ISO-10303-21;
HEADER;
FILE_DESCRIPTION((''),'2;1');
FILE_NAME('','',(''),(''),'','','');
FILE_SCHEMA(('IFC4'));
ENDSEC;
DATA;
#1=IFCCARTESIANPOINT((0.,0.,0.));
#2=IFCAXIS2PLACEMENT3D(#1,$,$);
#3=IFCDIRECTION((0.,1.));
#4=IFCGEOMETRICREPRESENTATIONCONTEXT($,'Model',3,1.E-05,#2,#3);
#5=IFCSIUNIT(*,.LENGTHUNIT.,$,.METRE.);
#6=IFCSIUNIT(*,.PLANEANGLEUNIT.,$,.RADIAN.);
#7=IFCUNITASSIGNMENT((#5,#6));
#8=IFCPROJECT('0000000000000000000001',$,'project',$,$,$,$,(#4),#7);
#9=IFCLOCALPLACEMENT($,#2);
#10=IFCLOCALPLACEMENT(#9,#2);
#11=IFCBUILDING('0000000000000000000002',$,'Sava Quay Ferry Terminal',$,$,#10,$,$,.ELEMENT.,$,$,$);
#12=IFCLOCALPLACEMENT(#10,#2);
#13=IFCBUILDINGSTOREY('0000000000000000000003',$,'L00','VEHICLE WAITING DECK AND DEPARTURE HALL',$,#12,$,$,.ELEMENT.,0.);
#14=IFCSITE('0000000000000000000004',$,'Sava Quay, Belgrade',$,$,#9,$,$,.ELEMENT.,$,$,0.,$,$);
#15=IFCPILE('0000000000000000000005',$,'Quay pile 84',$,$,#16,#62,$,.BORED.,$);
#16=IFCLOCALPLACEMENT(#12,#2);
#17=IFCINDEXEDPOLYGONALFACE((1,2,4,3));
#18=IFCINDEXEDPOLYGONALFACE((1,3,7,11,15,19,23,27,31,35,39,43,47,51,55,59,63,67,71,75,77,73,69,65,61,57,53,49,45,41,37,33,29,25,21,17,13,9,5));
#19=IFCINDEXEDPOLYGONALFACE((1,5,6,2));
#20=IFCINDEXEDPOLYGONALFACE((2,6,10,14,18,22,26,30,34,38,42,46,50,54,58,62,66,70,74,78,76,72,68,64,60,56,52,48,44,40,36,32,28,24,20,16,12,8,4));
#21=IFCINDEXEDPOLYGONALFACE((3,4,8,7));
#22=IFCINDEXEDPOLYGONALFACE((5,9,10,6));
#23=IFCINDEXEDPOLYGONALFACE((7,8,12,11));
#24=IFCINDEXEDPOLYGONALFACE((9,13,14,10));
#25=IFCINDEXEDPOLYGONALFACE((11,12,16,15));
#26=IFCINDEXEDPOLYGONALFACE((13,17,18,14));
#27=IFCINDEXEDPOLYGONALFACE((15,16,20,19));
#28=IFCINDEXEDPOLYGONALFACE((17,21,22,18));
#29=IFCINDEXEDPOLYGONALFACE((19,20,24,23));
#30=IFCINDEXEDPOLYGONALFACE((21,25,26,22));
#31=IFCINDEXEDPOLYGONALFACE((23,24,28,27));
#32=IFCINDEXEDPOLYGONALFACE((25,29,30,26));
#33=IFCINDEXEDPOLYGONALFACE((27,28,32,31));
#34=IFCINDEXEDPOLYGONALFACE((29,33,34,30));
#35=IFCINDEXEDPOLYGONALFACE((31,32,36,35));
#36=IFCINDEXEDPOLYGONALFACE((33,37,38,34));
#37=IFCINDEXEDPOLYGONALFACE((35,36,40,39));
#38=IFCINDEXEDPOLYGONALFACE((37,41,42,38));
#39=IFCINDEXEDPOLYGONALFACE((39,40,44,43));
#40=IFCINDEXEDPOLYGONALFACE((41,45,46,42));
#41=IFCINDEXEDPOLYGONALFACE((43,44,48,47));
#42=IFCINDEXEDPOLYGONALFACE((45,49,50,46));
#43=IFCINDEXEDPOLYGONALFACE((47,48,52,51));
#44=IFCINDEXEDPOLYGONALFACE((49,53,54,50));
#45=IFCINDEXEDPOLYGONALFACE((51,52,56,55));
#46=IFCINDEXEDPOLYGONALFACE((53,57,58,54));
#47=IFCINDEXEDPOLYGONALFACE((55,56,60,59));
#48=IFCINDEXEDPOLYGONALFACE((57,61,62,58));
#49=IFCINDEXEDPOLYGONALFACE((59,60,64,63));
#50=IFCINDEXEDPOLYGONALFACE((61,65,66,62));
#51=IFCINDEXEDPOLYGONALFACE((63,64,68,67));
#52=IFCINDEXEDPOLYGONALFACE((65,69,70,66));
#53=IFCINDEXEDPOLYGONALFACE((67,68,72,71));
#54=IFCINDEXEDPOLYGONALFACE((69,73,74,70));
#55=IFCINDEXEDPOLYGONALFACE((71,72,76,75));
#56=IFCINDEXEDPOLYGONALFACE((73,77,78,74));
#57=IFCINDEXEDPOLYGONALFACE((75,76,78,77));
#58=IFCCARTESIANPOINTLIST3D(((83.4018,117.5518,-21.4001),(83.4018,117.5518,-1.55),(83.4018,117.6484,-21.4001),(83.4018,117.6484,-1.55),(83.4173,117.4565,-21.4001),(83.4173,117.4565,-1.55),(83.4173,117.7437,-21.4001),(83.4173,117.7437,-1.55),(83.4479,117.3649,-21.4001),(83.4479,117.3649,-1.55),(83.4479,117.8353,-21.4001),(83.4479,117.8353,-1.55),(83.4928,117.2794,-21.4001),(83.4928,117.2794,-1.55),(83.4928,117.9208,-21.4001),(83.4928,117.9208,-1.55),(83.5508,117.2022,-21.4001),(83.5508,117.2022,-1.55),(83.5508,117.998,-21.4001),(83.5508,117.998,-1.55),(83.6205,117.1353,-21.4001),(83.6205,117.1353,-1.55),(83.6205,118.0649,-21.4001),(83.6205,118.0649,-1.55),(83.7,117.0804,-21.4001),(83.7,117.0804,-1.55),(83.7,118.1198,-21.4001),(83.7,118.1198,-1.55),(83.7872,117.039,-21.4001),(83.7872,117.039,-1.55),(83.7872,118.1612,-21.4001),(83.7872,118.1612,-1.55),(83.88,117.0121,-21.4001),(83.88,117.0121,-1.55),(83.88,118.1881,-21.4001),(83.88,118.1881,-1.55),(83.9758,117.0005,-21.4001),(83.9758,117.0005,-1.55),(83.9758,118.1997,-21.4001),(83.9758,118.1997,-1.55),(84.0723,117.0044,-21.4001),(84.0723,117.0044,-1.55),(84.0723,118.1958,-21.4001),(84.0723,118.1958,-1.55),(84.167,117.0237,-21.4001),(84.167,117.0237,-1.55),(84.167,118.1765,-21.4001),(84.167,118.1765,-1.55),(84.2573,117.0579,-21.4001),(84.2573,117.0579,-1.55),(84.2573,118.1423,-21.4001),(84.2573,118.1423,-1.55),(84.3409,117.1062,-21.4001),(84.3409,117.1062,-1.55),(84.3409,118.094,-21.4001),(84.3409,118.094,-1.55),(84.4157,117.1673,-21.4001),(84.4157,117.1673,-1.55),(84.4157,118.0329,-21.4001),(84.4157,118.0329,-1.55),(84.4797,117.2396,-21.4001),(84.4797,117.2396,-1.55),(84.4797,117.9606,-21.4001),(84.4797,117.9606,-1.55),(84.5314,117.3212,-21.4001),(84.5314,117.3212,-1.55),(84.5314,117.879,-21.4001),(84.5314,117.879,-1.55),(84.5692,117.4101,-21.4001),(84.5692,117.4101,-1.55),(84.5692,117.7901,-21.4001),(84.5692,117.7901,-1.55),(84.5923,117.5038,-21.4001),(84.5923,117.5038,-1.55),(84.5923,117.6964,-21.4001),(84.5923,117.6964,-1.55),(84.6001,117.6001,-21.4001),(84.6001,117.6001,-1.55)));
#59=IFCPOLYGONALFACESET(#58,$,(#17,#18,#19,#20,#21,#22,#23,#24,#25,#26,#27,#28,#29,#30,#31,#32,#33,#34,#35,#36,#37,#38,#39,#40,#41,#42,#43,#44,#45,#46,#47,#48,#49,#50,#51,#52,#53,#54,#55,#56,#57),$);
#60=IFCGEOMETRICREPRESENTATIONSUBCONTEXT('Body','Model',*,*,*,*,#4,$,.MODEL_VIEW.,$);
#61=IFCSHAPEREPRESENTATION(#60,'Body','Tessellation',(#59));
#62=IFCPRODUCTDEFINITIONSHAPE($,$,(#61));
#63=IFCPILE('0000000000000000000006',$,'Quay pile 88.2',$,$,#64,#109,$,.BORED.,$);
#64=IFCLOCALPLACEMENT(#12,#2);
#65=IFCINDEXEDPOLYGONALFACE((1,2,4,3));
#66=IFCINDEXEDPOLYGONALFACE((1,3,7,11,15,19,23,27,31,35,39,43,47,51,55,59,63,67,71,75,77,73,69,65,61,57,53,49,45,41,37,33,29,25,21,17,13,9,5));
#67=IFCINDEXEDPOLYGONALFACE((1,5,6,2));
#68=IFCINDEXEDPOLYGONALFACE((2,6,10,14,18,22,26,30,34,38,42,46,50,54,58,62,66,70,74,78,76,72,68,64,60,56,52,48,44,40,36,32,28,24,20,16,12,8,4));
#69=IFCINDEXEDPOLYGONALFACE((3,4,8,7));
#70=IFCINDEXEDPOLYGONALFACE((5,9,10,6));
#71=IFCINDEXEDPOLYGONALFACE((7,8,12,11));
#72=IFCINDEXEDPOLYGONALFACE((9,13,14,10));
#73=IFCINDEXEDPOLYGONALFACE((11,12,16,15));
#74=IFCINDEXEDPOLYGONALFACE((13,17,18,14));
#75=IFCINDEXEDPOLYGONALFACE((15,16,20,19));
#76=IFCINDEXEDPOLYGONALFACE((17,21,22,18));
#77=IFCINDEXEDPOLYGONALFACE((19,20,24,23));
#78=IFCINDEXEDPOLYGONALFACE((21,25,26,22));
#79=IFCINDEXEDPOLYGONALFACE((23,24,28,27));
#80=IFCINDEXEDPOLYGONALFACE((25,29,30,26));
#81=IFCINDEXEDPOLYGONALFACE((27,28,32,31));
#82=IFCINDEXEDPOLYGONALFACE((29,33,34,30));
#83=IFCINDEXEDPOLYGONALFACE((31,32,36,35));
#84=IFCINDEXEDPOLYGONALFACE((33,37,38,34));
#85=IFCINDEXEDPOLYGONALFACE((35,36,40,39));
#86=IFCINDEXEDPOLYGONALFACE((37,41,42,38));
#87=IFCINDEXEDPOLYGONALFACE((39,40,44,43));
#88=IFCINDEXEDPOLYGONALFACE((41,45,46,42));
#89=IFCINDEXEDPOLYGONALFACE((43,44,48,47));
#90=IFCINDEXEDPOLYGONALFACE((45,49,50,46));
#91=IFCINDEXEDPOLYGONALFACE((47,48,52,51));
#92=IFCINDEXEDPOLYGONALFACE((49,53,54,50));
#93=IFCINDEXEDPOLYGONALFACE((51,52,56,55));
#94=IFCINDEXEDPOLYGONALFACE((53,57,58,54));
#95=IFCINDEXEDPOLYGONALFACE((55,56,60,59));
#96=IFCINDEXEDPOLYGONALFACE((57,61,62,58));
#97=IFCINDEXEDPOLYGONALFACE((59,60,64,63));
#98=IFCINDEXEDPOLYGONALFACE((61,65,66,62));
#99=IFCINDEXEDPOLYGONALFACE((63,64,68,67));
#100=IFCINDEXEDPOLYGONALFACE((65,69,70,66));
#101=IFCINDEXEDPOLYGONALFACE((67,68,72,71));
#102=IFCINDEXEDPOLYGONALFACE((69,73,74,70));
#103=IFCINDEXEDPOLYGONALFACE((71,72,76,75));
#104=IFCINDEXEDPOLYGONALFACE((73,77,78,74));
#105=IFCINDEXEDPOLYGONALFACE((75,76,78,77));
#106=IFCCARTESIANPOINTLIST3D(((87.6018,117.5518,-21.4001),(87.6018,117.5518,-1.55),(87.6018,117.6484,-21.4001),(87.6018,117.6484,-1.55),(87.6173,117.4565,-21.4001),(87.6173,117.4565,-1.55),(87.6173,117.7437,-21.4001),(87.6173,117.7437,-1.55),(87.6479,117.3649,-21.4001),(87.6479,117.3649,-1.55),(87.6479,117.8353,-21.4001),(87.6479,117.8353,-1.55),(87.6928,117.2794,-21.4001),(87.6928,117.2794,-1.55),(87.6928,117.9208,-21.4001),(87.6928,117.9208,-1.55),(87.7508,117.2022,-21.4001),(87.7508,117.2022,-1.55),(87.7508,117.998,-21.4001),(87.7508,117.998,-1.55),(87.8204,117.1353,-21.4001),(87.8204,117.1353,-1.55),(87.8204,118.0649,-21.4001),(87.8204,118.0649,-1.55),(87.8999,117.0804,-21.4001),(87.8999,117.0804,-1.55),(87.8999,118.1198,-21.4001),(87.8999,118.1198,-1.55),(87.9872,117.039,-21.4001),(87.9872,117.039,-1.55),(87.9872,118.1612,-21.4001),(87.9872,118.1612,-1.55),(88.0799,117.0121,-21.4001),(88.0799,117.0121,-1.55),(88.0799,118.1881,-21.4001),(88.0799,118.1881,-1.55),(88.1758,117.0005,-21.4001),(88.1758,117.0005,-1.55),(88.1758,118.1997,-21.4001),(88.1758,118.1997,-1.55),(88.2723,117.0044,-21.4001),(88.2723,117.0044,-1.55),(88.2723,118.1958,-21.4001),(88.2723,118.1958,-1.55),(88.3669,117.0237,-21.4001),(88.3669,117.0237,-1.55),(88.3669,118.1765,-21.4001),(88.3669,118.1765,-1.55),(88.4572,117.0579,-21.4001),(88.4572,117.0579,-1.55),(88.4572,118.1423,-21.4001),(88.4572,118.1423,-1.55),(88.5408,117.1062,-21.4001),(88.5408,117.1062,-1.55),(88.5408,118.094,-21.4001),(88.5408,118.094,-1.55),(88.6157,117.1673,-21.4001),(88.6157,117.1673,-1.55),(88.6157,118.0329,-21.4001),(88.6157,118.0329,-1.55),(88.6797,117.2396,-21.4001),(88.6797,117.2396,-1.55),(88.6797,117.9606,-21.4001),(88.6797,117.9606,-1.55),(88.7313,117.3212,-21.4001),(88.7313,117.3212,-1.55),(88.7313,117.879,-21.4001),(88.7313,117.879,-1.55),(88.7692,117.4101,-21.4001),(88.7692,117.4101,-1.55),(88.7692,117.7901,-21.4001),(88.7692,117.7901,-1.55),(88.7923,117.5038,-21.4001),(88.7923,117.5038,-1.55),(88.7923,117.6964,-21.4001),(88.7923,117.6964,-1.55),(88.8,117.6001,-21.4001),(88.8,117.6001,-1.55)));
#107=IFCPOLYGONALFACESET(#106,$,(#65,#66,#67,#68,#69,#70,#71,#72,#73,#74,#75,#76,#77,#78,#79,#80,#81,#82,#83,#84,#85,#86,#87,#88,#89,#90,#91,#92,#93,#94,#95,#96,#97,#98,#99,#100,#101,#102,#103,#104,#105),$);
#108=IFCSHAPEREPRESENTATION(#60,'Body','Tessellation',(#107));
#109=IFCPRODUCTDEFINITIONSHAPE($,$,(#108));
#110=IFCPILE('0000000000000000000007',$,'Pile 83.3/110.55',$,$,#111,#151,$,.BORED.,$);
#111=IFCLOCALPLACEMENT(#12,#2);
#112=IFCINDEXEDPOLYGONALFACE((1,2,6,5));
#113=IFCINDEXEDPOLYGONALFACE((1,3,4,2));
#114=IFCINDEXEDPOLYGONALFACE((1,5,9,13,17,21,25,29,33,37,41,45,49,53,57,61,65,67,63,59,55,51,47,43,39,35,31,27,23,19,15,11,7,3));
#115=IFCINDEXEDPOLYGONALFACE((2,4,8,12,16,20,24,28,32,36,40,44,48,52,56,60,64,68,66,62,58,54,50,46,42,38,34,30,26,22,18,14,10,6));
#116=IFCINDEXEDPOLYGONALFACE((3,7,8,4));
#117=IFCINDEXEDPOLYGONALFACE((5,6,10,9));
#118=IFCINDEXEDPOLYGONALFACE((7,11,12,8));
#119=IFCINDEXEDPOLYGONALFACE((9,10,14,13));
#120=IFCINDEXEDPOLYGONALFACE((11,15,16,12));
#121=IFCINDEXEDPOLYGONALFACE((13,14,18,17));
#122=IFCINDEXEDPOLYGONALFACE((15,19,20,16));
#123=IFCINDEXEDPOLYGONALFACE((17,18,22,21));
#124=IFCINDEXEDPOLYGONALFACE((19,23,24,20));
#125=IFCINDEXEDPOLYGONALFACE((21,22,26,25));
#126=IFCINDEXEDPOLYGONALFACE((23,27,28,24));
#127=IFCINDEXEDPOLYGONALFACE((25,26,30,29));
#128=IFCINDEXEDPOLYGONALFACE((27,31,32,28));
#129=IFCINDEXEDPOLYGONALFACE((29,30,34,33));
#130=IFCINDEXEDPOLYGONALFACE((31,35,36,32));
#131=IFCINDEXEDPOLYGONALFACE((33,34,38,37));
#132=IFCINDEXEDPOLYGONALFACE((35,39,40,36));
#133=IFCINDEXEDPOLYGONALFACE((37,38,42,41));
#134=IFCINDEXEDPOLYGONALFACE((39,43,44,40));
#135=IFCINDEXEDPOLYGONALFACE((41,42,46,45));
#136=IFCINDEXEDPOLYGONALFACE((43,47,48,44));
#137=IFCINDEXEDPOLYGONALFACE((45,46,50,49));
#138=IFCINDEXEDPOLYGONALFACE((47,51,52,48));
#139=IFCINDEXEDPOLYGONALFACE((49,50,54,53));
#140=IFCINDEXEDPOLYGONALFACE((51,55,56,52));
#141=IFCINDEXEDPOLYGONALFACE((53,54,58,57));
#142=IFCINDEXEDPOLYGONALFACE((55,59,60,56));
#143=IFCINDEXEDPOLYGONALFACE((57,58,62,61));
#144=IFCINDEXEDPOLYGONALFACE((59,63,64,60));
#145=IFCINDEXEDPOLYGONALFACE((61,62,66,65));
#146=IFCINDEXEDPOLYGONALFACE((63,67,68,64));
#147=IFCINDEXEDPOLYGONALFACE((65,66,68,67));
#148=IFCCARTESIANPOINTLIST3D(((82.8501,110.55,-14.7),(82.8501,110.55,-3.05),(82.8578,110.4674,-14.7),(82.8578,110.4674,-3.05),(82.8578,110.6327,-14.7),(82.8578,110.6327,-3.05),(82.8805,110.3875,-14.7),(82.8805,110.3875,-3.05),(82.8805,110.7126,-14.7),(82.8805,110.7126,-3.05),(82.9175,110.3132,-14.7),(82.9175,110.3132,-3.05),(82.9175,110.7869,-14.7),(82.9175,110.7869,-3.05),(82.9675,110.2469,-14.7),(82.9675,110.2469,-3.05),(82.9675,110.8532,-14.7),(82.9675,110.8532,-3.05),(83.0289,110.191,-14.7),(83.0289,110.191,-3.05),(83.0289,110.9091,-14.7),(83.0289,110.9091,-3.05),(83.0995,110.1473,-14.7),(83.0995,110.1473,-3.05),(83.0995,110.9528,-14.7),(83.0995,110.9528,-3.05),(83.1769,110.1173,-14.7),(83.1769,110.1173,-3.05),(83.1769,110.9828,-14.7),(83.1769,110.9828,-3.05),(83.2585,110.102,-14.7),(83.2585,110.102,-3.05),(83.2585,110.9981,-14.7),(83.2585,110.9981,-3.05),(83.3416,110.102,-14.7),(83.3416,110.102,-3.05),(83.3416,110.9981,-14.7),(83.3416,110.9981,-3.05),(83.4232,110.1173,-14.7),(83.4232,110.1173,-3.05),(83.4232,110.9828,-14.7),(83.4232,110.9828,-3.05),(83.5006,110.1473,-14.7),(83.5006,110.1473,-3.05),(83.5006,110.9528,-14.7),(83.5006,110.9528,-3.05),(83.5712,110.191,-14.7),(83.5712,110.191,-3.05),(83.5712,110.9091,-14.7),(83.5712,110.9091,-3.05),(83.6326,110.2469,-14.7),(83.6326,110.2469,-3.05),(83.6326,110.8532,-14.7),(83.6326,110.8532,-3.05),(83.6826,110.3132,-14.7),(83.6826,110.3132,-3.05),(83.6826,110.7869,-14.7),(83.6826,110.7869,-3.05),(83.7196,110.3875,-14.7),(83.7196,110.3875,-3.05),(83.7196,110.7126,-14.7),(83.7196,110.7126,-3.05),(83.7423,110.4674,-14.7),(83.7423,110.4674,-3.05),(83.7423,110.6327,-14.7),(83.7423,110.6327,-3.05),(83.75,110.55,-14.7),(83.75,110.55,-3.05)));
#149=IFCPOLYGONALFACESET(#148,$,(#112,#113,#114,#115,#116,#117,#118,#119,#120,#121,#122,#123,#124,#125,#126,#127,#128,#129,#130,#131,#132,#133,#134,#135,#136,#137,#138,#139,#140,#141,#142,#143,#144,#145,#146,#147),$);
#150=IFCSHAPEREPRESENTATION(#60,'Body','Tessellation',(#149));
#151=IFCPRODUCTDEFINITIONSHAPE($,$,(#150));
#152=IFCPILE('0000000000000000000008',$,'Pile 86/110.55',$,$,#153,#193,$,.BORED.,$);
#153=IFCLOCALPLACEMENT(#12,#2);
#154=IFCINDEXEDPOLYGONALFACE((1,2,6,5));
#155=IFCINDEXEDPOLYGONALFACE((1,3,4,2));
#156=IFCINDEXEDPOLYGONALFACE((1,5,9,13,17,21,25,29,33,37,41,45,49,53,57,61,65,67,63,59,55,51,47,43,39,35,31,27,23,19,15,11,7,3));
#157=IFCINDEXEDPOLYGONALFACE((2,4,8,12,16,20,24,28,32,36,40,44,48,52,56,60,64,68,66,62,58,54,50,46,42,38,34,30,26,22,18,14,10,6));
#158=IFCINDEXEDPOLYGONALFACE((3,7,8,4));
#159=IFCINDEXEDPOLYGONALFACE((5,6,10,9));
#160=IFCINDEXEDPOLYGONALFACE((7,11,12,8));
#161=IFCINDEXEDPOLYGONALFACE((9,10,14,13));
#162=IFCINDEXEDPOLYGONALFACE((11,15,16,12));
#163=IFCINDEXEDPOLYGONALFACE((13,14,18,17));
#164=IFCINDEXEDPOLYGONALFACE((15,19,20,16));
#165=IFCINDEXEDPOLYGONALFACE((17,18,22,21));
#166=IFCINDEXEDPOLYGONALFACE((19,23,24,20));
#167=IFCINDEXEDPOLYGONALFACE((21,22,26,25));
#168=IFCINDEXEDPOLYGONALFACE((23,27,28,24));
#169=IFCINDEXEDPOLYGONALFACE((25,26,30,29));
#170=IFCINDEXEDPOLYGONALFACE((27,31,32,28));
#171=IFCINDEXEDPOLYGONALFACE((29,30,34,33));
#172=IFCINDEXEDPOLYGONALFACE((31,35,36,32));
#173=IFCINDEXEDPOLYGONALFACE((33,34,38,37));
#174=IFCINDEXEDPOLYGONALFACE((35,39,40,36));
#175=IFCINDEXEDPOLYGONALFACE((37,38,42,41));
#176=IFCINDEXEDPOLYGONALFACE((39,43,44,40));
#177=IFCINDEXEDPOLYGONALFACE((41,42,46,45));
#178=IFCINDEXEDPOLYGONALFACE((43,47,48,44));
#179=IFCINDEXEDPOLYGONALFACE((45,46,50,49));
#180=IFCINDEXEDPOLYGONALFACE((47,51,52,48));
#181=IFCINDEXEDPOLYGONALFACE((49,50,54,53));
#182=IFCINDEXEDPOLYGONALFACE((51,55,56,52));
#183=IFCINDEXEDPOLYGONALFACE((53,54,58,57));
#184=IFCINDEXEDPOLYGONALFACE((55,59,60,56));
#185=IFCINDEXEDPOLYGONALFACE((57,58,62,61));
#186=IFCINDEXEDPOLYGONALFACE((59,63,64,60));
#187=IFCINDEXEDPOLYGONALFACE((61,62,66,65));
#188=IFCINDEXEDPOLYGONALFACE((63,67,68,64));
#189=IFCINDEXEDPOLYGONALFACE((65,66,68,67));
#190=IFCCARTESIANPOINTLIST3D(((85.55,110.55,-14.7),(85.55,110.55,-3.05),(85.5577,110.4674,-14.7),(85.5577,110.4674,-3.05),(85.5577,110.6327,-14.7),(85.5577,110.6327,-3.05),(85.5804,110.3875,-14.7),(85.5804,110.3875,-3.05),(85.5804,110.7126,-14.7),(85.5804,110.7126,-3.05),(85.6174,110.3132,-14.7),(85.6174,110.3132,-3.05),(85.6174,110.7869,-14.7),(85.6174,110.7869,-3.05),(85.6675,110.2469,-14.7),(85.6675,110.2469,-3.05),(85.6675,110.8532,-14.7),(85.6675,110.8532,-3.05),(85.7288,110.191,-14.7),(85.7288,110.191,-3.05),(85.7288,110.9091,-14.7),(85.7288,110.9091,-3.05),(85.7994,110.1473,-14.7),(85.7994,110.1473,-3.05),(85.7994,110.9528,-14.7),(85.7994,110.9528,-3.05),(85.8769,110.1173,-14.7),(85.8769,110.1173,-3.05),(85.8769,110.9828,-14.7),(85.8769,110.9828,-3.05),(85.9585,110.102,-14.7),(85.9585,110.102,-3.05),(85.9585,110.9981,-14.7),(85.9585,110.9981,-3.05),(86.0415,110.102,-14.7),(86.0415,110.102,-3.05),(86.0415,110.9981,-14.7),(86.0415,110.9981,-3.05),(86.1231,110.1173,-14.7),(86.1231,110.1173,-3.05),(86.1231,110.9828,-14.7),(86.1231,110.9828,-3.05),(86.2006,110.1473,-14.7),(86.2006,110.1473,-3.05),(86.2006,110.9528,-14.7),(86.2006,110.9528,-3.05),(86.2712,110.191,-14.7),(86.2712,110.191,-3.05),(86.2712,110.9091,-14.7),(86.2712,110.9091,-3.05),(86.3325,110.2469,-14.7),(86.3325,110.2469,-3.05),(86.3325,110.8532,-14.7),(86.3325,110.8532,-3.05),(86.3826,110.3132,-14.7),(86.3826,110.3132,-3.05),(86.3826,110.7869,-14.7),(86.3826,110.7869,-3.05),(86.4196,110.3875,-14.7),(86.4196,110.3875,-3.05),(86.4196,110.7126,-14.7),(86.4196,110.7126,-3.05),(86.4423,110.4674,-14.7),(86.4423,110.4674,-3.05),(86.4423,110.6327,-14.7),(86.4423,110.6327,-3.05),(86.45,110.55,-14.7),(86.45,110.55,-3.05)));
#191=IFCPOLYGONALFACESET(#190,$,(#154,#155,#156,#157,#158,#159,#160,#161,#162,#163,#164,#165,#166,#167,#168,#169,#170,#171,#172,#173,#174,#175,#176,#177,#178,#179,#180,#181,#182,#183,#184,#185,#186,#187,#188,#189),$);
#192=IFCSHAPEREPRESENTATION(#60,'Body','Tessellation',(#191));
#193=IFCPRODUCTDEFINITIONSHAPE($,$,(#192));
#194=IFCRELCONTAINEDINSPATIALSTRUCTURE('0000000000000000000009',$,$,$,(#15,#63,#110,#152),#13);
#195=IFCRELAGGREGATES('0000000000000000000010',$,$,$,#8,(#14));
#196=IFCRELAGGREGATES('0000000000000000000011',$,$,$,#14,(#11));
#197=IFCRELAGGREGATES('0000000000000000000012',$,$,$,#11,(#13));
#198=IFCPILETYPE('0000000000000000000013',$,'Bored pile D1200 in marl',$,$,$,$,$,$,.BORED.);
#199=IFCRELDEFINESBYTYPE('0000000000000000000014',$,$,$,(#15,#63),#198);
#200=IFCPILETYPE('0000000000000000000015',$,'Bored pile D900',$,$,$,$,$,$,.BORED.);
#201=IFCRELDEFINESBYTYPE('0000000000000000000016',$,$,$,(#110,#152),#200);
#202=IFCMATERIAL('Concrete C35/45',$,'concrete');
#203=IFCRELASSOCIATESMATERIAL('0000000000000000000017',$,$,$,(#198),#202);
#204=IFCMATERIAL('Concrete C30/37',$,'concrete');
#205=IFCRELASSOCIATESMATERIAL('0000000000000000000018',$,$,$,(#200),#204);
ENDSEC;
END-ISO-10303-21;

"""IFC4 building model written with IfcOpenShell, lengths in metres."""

from ifc_helpers import new_model, si_unit, direction, frame, origin, origin_2d, place, context, subcontext, project, spatial, circle, extrude, material, material_profile, profile_set, type_object, element, save


model = new_model("IFC4")

# Units and contexts
model_context = context("Model", 3, precision=1e-05, world=origin(), true_north=direction((0.0, 1.0)))
body_context = subcontext(model_context, "Body", "Model", "MODEL_VIEW")
ifc_project = project(units=[si_unit("LENGTHUNIT", "METRE"), si_unit("PLANEANGLEUNIT", "RADIAN")], contexts=[model_context])

# Site, building, storey
site_placement = place(None, origin())
site = spatial("IfcSite", under=ifc_project, at=site_placement, Name="Sava Quay, Belgrade", CompositionType="ELEMENT", RefElevation=0.0)
building_placement = place(site_placement, origin())
building = spatial("IfcBuilding", under=site, at=building_placement, Name="Sava Quay Ferry Terminal", CompositionType="ELEMENT")
storey_placement = place(building_placement, origin())
storey = spatial("IfcBuildingStorey", under=building, at=storey_placement, Name="L00", Description="VEHICLE WAITING DECK AND DEPARTURE HALL", CompositionType="ELEMENT", Elevation=0.0)

# Piles
ifc_material_1 = material(Name="Concrete C35/45", Category="concrete")
ifc_material_profile_1 = material_profile(ifc_material_1, circle(Radius=0.6001, at=origin_2d()), Name="Bored pile D1200 in marl")
ifc_profile_set_1 = profile_set([ifc_material_profile_1], Name="Concrete C35/45")
pile_type_1 = type_object("IfcPileType", Name="Bored pile D1200 in marl", PredefinedType="BORED", material=ifc_profile_set_1)
for number, where, z_axis, x_axis, name in (
    (1, (84.0, 117.6001, -1.55), (0.0, 0.0, -1.0), (1.0, 0.0, 0.0), "Quay pile 84"),
    (2, (88.2, 117.6001, -1.55), (0.0, 0.0, -1.0), (1.0, 0.0, 0.0), "Quay pile 88.2"),
):
    element("IfcPile", number, at=place(storey_placement, frame(where, z_axis=z_axis, x_axis=x_axis)), inside=storey, type_object=pile_type_1, Name=name, PredefinedType="BORED", context=body_context, shape_type="SweptSolid", body=[
        extrude(circle(Radius=0.6001, at=origin_2d()), origin(), (0.0, 0.0, 1.0), 19.8501),
    ])
ifc_material_2 = material(Name="Concrete C30/37", Category="concrete")
ifc_material_profile_2 = material_profile(ifc_material_2, circle(Radius=0.45, at=origin_2d()), Name="Bored pile D900")
ifc_profile_set_2 = profile_set([ifc_material_profile_2], Name="Concrete C30/37")
pile_type_2 = type_object("IfcPileType", Name="Bored pile D900", PredefinedType="BORED", material=ifc_profile_set_2)
for number, where, z_axis, x_axis, name in (
    (3, (83.3, 110.55, -3.05), (0.0, 0.0, -1.0), (1.0, 0.0, 0.0), "Pile 83.3/110.55"),
    (4, (86.0, 110.55, -3.05), (0.0, 0.0, -1.0), (1.0, 0.0, 0.0), "Pile 86/110.55"),
):
    element("IfcPile", number, at=place(storey_placement, frame(where, z_axis=z_axis, x_axis=x_axis)), inside=storey, type_object=pile_type_2, Name=name, PredefinedType="BORED", context=body_context, shape_type="SweptSolid", body=[
        extrude(circle(Radius=0.45, at=origin_2d()), origin(), (0.0, 0.0, 1.0), 11.6499),
    ])

save(model, "model.ifc")
